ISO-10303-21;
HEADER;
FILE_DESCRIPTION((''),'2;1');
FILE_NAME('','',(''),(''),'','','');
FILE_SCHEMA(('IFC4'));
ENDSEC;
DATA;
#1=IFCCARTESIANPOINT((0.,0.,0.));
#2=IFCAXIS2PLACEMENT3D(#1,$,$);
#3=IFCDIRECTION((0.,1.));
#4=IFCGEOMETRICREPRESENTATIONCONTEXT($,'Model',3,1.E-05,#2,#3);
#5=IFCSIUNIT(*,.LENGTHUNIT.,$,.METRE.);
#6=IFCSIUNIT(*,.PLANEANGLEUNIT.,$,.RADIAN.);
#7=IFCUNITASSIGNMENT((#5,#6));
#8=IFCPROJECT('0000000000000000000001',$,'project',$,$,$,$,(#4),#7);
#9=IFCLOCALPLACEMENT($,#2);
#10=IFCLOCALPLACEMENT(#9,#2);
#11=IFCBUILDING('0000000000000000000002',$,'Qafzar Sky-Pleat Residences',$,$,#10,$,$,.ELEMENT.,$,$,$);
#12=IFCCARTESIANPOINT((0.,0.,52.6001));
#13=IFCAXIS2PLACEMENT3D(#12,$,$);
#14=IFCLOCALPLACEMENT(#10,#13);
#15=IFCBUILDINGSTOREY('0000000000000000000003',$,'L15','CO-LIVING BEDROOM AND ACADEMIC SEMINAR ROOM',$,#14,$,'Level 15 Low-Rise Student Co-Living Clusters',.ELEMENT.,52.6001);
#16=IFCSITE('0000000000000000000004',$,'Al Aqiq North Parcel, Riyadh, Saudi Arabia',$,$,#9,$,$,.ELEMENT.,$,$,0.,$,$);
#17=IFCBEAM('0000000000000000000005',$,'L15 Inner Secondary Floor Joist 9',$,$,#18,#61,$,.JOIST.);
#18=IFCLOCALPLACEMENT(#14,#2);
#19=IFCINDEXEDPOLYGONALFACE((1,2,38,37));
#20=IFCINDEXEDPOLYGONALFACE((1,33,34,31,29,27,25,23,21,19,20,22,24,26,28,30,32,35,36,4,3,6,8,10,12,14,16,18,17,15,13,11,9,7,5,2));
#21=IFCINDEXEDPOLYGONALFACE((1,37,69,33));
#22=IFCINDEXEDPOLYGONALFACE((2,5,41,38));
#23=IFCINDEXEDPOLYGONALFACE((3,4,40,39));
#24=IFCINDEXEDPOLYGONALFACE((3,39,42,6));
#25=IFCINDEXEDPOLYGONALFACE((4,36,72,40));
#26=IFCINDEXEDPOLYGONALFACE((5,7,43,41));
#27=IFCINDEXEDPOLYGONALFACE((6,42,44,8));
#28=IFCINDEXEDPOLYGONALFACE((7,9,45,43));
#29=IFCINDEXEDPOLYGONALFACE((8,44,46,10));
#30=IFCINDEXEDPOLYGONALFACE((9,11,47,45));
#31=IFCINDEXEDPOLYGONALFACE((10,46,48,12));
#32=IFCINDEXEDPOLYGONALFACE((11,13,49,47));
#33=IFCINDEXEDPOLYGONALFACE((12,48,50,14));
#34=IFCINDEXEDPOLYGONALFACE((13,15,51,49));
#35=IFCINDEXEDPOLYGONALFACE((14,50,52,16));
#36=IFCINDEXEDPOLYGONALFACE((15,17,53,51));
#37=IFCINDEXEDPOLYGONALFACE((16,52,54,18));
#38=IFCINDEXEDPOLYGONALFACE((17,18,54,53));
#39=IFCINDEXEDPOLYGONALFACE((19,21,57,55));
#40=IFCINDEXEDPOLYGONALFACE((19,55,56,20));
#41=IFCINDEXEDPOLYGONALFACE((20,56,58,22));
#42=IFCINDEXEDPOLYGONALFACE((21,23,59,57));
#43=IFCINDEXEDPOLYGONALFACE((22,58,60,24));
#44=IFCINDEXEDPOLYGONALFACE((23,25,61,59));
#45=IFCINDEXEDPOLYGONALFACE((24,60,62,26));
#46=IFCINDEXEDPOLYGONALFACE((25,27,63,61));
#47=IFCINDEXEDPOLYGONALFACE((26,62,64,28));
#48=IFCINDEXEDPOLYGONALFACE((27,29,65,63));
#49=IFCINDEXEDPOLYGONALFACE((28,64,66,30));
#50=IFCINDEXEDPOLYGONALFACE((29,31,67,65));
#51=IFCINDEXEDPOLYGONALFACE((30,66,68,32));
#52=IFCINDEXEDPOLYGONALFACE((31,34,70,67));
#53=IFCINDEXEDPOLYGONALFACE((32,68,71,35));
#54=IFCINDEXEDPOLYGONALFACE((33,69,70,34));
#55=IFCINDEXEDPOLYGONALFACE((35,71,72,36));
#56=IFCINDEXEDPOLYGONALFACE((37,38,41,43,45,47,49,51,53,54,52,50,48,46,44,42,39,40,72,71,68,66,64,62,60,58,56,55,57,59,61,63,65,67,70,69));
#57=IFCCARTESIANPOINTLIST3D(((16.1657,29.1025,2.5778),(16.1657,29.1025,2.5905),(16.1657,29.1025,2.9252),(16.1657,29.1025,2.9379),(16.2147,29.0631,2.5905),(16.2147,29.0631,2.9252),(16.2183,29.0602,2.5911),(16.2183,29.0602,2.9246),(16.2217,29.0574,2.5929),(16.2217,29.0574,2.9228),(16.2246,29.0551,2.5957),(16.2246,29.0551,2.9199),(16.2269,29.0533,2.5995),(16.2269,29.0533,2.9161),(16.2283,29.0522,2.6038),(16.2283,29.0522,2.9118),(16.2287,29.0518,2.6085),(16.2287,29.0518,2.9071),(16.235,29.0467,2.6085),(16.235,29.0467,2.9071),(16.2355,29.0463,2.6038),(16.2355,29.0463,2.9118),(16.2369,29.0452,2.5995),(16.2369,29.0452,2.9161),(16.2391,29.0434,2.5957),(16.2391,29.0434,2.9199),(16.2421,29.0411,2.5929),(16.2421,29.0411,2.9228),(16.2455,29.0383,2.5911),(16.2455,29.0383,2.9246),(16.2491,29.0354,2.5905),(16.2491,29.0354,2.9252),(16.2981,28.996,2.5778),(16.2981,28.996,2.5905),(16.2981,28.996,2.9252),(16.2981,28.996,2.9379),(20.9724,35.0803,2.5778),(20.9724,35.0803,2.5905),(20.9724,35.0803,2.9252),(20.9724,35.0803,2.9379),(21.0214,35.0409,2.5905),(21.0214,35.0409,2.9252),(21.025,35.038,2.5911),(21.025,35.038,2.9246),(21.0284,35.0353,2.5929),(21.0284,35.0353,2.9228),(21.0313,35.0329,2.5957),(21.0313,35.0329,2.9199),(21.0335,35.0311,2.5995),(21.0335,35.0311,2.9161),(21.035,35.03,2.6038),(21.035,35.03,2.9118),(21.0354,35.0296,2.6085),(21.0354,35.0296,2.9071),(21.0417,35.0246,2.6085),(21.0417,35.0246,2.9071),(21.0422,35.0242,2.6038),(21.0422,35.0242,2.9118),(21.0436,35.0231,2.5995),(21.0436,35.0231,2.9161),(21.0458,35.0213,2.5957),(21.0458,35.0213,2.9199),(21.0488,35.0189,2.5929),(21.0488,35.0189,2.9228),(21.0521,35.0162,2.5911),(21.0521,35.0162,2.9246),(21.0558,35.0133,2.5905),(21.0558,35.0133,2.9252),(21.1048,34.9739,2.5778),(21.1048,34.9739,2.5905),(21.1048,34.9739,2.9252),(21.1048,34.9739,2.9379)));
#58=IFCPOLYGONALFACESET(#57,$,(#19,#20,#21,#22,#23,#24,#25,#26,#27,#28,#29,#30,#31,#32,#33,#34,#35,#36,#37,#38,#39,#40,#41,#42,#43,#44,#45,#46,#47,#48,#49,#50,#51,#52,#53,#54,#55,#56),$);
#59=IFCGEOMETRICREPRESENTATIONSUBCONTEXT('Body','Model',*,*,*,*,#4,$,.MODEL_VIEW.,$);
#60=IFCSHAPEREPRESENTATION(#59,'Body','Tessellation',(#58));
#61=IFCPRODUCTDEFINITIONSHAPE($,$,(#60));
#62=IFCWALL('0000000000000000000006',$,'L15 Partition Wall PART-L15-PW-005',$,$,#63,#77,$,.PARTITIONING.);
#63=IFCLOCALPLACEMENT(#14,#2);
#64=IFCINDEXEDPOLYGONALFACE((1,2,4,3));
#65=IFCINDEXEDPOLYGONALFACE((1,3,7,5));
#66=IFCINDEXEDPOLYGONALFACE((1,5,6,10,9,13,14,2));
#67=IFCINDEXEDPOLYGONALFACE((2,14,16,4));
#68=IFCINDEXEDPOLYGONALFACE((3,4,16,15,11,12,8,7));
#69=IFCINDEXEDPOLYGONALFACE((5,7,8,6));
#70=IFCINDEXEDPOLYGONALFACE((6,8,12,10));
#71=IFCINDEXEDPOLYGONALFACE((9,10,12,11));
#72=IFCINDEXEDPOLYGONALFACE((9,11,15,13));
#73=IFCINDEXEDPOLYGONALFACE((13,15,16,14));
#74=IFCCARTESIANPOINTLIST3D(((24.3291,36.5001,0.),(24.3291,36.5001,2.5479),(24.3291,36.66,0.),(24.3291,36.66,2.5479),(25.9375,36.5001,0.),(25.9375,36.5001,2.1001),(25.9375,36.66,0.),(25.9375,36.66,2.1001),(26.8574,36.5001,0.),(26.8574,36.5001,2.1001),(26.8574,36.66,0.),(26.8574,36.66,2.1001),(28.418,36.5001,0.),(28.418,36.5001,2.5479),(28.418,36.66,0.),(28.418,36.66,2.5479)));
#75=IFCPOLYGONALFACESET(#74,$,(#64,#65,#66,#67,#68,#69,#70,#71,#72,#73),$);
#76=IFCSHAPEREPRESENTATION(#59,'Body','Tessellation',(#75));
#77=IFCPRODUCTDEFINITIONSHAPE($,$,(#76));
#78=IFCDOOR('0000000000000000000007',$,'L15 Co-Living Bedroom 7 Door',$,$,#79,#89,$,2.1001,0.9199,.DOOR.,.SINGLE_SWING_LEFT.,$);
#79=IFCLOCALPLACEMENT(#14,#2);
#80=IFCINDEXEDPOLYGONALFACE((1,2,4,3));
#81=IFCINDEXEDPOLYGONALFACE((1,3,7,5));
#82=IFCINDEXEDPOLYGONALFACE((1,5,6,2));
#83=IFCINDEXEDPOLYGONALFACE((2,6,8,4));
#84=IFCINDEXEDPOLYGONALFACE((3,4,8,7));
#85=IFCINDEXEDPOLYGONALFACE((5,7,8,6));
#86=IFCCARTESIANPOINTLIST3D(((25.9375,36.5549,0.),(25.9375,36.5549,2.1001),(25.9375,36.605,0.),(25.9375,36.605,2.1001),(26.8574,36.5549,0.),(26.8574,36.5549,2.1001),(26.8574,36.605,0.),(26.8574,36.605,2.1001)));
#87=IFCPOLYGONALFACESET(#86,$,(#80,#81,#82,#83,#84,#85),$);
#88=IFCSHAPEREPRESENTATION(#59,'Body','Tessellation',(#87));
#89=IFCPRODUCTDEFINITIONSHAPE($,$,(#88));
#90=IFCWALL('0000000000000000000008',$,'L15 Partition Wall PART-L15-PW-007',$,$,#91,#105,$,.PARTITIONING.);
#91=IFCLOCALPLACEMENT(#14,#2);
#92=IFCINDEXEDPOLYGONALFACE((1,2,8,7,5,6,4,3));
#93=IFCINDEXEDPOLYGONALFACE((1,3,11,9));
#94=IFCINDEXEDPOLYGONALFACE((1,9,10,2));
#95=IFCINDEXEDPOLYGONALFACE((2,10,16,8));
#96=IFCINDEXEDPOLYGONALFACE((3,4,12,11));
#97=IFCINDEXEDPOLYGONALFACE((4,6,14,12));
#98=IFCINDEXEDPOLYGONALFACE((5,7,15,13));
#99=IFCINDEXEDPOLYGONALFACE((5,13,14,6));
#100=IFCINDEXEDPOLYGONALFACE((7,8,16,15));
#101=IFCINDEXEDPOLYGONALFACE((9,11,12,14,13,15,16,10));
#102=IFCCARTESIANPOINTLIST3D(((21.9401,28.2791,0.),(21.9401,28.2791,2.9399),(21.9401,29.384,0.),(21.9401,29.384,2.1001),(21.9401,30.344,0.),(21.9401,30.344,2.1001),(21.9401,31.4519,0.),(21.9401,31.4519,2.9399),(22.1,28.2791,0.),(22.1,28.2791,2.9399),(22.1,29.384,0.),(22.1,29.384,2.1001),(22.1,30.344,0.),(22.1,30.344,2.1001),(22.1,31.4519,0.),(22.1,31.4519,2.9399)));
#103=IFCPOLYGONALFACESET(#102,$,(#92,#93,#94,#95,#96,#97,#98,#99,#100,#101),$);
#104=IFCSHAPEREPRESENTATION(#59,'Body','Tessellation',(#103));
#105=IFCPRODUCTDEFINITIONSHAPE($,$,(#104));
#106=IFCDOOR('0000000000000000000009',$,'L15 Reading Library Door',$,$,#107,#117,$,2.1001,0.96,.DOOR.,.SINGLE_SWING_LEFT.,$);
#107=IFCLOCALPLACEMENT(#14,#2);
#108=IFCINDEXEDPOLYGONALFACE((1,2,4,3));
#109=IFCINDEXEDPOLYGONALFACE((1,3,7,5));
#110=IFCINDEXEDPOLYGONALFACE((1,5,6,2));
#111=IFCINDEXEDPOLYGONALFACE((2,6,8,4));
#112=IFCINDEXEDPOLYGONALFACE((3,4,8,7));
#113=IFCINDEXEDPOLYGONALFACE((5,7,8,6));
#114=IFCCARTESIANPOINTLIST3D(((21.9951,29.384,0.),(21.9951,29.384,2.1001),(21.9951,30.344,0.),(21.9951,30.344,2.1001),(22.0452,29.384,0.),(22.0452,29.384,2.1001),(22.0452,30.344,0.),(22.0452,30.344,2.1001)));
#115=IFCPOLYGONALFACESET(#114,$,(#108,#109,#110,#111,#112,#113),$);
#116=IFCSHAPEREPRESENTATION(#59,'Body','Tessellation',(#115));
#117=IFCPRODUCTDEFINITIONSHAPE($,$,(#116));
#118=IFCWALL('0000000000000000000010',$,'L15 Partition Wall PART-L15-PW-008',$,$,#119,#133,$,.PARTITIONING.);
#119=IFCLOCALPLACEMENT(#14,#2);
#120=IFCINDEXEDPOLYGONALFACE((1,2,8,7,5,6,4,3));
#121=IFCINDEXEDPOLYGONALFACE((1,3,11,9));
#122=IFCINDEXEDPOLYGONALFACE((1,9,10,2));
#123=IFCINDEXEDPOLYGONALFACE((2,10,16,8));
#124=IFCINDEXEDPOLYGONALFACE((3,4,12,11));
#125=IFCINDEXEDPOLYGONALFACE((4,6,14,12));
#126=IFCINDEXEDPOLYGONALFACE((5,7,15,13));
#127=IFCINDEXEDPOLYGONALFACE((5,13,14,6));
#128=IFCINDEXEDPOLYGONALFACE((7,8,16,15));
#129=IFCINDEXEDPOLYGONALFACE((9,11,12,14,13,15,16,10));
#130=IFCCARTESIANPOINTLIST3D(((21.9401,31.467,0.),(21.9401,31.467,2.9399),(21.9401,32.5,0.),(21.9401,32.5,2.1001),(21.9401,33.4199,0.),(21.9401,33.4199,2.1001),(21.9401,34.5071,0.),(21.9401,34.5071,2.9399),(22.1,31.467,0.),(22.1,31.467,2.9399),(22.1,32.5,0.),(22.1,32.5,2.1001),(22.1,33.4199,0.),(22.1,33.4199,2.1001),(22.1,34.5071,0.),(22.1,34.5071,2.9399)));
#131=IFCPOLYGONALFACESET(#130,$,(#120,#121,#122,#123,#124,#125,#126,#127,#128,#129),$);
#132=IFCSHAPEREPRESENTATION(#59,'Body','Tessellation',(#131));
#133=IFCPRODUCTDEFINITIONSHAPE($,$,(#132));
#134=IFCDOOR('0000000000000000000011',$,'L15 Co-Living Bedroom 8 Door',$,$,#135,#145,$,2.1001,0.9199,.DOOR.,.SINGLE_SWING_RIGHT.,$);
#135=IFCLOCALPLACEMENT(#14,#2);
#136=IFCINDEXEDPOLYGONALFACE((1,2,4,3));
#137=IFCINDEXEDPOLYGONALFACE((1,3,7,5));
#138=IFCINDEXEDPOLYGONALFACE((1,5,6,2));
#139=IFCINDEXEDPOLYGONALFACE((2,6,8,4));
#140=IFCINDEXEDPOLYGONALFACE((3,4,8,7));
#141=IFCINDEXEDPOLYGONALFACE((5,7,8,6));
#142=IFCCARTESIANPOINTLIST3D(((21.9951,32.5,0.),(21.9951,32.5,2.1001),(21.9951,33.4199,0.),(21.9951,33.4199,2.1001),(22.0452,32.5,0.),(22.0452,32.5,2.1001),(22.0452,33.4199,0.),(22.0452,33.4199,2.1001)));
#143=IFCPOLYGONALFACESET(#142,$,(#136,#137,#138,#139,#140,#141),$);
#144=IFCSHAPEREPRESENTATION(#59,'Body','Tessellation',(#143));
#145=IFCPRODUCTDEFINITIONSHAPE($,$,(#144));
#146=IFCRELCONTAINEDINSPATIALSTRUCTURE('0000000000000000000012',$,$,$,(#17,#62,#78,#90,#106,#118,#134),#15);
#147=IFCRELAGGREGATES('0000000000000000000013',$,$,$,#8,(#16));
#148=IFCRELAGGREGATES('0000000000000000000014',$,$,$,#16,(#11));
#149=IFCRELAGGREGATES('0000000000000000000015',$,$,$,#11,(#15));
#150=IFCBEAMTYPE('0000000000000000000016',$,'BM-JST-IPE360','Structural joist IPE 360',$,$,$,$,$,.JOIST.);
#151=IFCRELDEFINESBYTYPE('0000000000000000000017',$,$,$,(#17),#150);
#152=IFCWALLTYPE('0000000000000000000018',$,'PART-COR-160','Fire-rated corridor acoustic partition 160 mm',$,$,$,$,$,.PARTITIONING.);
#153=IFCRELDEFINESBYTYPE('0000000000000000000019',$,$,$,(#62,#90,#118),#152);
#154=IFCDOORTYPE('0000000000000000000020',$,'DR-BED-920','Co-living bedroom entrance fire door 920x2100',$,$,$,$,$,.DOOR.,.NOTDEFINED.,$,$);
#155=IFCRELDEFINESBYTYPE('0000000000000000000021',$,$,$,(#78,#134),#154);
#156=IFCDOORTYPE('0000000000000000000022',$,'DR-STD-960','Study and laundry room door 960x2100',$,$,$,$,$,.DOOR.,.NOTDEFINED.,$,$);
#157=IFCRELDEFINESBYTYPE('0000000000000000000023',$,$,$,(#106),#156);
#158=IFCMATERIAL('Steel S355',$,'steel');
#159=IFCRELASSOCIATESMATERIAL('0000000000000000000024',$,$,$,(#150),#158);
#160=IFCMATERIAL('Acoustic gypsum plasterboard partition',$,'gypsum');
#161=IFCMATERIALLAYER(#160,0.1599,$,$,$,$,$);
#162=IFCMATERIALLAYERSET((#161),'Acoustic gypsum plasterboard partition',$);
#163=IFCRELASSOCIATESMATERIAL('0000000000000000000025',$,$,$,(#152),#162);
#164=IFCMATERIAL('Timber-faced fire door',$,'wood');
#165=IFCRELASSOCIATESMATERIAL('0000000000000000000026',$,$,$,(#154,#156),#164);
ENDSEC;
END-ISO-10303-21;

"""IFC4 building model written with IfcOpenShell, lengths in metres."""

from ifc_helpers import new_model, si_unit, direction, frame, frame_2d, origin, origin_2d, place, context, subcontext, project, spatial, rectangle, i_section, extrude, source, transform, mapped, material, layer, layer_set, material_profile, profile_set, type_object, element, fill, save


model = new_model("IFC4")

# Units and contexts
model_context = context("Model", 3, precision=1e-05, world=origin(), true_north=direction((0.0, 1.0)))
body_context = subcontext(model_context, "Body", "Model", "MODEL_VIEW")
ifc_project = project(units=[si_unit("LENGTHUNIT", "METRE"), si_unit("PLANEANGLEUNIT", "RADIAN")], contexts=[model_context])

# Site, building, storey
site_placement = place(None, origin())
site = spatial("IfcSite", under=ifc_project, at=site_placement, Name="Al Aqiq North Parcel, Riyadh, Saudi Arabia", CompositionType="ELEMENT", RefElevation=0.0)
building_placement = place(site_placement, origin())
building = spatial("IfcBuilding", under=site, at=building_placement, Name="Qafzar Sky-Pleat Residences", CompositionType="ELEMENT")
storey_placement = place(building_placement, frame((0.0, 0.0, 52.6001)))
storey = spatial("IfcBuildingStorey", under=building, at=storey_placement, Name="L15", Description="CO-LIVING BEDROOM AND ACADEMIC SEMINAR ROOM", LongName="Level 15 Low-Rise Student Co-Living Clusters", CompositionType="ELEMENT", Elevation=52.6001)

# Beam
ifc_material_1 = material(Name="Steel S355", Category="steel")
ifc_material_profile = material_profile(ifc_material_1, i_section(OverallWidth=0.1699, OverallDepth=0.3601, WebThickness=0.0081, FlangeThickness=0.0127, FilletRadius=0.0181, at=origin_2d()), Name="IPE 360")
ifc_profile_set = profile_set([ifc_material_profile], Name="Steel S355")
beam_type = type_object("IfcBeamType", Name="BM-JST-IPE360", Description="Structural joist IPE 360", PredefinedType="JOIST", material=ifc_profile_set)
shared_shape_1 = source(origin(), body_context, "Body", "SweptSolid", [
    extrude(i_section(OverallWidth=0.1699, OverallDepth=0.3601, WebThickness=0.0081, FlangeThickness=0.0127, FilletRadius=0.0181, at=origin_2d()), origin(), (0.0, 0.0, 1.0), 7.6707),
])
beam_placement = place(storey_placement, frame((21.0386, 35.0271, 2.7578), z_axis=(-0.626634, -0.779314, 0.0), x_axis=(0.779314, -0.626634, 0.0)))
element("IfcBeam", 1, at=beam_placement, inside=storey, type_object=beam_type, Name="L15 Inner Secondary Floor Joist 9", PredefinedType="JOIST", context=body_context, shape_type="MappedRepresentation", body=[
    mapped(shared_shape_1, transform((0.0, 0.0, 0.0), x_axis=(1.0, 0.0, 0.0), y_axis=(0.0, 1.0, 0.0), z_axis=(0.0, 0.0, 1.0), scale=1.0)),
])

# Walls, openings, doors
ifc_material_2 = material(Name="Acoustic gypsum plasterboard partition", Category="gypsum")
ifc_layer_1 = layer(ifc_material_2, 0.1599)
ifc_layer_set_1 = layer_set([ifc_layer_1], Name="Acoustic gypsum plasterboard partition")
wall_type_1 = type_object("IfcWallType", Name="PART-COR-160", Description="Fire-rated corridor acoustic partition 160 mm", PredefinedType="PARTITIONING", material=ifc_layer_set_1)
wall_1_placement = place(storey_placement, frame((24.3291, 36.5801, 0.0), z_axis=(0.0, 0.0, 1.0), x_axis=(1.0, 0.0, 0.0)))
wall_1 = element("IfcWall", 2, at=wall_1_placement, inside=storey, type_object=wall_type_1, Name="L15 Partition Wall PART-L15-PW-005", PredefinedType="PARTITIONING", context=body_context, shape_type="SweptSolid", body=[
    extrude(rectangle(XDim=4.0889, YDim=0.1599, at=frame_2d((2.0444, 0.0))), origin(), (0.0, 0.0, 1.0), 2.5479),
])
opening_1_placement = place(wall_1_placement, frame((1.6084, 0.0, 0.0)))
opening_1 = element("IfcOpeningElement", 3, at=opening_1_placement, cuts=wall_1, PredefinedType="OPENING", context=body_context, shape_type="SweptSolid", body=[
    extrude(rectangle(XDim=0.9199, YDim=2.1001, at=frame_2d((0.46, 1.05))), frame((0.0, 0.0898, 0.0), z_axis=(0.0, -1.0, 0.0), x_axis=(1.0, 0.0, 0.0)), (0.0, 0.0, 1.0), 0.1799),
])
ifc_material_3 = material(Name="Timber-faced fire door", Category="wood")
door_type_1 = type_object("IfcDoorType", Name="DR-BED-920", Description="Co-living bedroom entrance fire door 920x2100", OperationType="NOTDEFINED", PredefinedType="DOOR", material=ifc_material_3)
shared_shape_2 = source(origin(), body_context, "Body", "SweptSolid", [
    extrude(rectangle(XDim=0.9199, YDim=2.1001, at=frame_2d((0.46, 1.05))), frame((0.0, 0.0249, 0.0), z_axis=(0.0, -1.0, 0.0), x_axis=(1.0, 0.0, 0.0)), (0.0, 0.0, 1.0), 0.05),
])
door_1_placement = place(opening_1_placement, origin())
door_1 = element("IfcDoor", 4, at=door_1_placement, inside=storey, type_object=door_type_1, Name="L15 Co-Living Bedroom 7 Door", OperationType="SINGLE_SWING_LEFT", OverallHeight=2.1001, OverallWidth=0.9199, PredefinedType="DOOR", context=body_context, shape_type="MappedRepresentation", body=[
    mapped(shared_shape_2, transform((0.0, 0.0, 0.0), x_axis=(1.0, 0.0, 0.0), y_axis=(0.0, 1.0, 0.0), z_axis=(0.0, 0.0, 1.0), scale=1.0)),
])
fill(opening_1, door_1)
wall_2_placement = place(storey_placement, frame((22.02, 28.2791, 0.0), z_axis=(0.0, 0.0, 1.0), x_axis=(0.0, 1.0, 0.0)))
wall_2 = element("IfcWall", 5, at=wall_2_placement, inside=storey, type_object=wall_type_1, Name="L15 Partition Wall PART-L15-PW-007", PredefinedType="PARTITIONING", context=body_context, shape_type="SweptSolid", body=[
    extrude(rectangle(XDim=3.1729, YDim=0.1599, at=frame_2d((1.5864, 0.0))), origin(), (0.0, 0.0, 1.0), 2.9399),
])
opening_2_placement = place(wall_2_placement, frame((1.105, 0.0, 0.0)))
opening_2 = element("IfcOpeningElement", 6, at=opening_2_placement, cuts=wall_2, PredefinedType="OPENING", context=body_context, shape_type="SweptSolid", body=[
    extrude(rectangle(XDim=0.96, YDim=2.1001, at=frame_2d((0.48, 1.05))), frame((0.0, 0.0898, 0.0), z_axis=(0.0, -1.0, 0.0), x_axis=(1.0, 0.0, 0.0)), (0.0, 0.0, 1.0), 0.1799),
])
door_type_2 = type_object("IfcDoorType", Name="DR-STD-960", Description="Study and laundry room door 960x2100", OperationType="NOTDEFINED", PredefinedType="DOOR", material=ifc_material_3)
shared_shape_3 = source(origin(), body_context, "Body", "SweptSolid", [
    extrude(rectangle(XDim=0.96, YDim=2.1001, at=frame_2d((0.48, 1.05))), frame((0.0, 0.0249, 0.0), z_axis=(0.0, -1.0, 0.0), x_axis=(1.0, 0.0, 0.0)), (0.0, 0.0, 1.0), 0.05),
])
door_2_placement = place(opening_2_placement, origin())
door_2 = element("IfcDoor", 7, at=door_2_placement, inside=storey, type_object=door_type_2, Name="L15 Reading Library Door", OperationType="SINGLE_SWING_LEFT", OverallHeight=2.1001, OverallWidth=0.96, PredefinedType="DOOR", context=body_context, shape_type="MappedRepresentation", body=[
    mapped(shared_shape_3, transform((0.0, 0.0, 0.0), x_axis=(1.0, 0.0, 0.0), y_axis=(0.0, 1.0, 0.0), z_axis=(0.0, 0.0, 1.0), scale=1.0)),
])
fill(opening_2, door_2)
wall_3_placement = place(storey_placement, frame((22.02, 31.467, 0.0), z_axis=(0.0, 0.0, 1.0), x_axis=(0.0, 1.0, 0.0)))
wall_3 = element("IfcWall", 8, at=wall_3_placement, inside=storey, type_object=wall_type_1, Name="L15 Partition Wall PART-L15-PW-008", PredefinedType="PARTITIONING", context=body_context, shape_type="SweptSolid", body=[
    extrude(rectangle(XDim=3.04, YDim=0.1599, at=frame_2d((1.52, 0.0))), origin(), (0.0, 0.0, 1.0), 2.9399),
])
opening_3_placement = place(wall_3_placement, frame((1.033, 0.0, 0.0)))
opening_3 = element("IfcOpeningElement", 9, at=opening_3_placement, cuts=wall_3, PredefinedType="OPENING", context=body_context, shape_type="SweptSolid", body=[
    extrude(rectangle(XDim=0.9199, YDim=2.1001, at=frame_2d((0.46, 1.05))), frame((0.0, 0.0898, 0.0), z_axis=(0.0, -1.0, 0.0), x_axis=(1.0, 0.0, 0.0)), (0.0, 0.0, 1.0), 0.1799),
])
door_3_placement = place(opening_3_placement, origin())
door_3 = element("IfcDoor", 10, at=door_3_placement, inside=storey, type_object=door_type_1, Name="L15 Co-Living Bedroom 8 Door", OperationType="SINGLE_SWING_RIGHT", OverallHeight=2.1001, OverallWidth=0.9199, PredefinedType="DOOR", context=body_context, shape_type="MappedRepresentation", body=[
    mapped(shared_shape_2, transform((0.0, 0.0, 0.0), x_axis=(1.0, 0.0, 0.0), y_axis=(0.0, 1.0, 0.0), z_axis=(0.0, 0.0, 1.0), scale=1.0)),
])
fill(opening_3, door_3)

save(model, "model.ifc")
